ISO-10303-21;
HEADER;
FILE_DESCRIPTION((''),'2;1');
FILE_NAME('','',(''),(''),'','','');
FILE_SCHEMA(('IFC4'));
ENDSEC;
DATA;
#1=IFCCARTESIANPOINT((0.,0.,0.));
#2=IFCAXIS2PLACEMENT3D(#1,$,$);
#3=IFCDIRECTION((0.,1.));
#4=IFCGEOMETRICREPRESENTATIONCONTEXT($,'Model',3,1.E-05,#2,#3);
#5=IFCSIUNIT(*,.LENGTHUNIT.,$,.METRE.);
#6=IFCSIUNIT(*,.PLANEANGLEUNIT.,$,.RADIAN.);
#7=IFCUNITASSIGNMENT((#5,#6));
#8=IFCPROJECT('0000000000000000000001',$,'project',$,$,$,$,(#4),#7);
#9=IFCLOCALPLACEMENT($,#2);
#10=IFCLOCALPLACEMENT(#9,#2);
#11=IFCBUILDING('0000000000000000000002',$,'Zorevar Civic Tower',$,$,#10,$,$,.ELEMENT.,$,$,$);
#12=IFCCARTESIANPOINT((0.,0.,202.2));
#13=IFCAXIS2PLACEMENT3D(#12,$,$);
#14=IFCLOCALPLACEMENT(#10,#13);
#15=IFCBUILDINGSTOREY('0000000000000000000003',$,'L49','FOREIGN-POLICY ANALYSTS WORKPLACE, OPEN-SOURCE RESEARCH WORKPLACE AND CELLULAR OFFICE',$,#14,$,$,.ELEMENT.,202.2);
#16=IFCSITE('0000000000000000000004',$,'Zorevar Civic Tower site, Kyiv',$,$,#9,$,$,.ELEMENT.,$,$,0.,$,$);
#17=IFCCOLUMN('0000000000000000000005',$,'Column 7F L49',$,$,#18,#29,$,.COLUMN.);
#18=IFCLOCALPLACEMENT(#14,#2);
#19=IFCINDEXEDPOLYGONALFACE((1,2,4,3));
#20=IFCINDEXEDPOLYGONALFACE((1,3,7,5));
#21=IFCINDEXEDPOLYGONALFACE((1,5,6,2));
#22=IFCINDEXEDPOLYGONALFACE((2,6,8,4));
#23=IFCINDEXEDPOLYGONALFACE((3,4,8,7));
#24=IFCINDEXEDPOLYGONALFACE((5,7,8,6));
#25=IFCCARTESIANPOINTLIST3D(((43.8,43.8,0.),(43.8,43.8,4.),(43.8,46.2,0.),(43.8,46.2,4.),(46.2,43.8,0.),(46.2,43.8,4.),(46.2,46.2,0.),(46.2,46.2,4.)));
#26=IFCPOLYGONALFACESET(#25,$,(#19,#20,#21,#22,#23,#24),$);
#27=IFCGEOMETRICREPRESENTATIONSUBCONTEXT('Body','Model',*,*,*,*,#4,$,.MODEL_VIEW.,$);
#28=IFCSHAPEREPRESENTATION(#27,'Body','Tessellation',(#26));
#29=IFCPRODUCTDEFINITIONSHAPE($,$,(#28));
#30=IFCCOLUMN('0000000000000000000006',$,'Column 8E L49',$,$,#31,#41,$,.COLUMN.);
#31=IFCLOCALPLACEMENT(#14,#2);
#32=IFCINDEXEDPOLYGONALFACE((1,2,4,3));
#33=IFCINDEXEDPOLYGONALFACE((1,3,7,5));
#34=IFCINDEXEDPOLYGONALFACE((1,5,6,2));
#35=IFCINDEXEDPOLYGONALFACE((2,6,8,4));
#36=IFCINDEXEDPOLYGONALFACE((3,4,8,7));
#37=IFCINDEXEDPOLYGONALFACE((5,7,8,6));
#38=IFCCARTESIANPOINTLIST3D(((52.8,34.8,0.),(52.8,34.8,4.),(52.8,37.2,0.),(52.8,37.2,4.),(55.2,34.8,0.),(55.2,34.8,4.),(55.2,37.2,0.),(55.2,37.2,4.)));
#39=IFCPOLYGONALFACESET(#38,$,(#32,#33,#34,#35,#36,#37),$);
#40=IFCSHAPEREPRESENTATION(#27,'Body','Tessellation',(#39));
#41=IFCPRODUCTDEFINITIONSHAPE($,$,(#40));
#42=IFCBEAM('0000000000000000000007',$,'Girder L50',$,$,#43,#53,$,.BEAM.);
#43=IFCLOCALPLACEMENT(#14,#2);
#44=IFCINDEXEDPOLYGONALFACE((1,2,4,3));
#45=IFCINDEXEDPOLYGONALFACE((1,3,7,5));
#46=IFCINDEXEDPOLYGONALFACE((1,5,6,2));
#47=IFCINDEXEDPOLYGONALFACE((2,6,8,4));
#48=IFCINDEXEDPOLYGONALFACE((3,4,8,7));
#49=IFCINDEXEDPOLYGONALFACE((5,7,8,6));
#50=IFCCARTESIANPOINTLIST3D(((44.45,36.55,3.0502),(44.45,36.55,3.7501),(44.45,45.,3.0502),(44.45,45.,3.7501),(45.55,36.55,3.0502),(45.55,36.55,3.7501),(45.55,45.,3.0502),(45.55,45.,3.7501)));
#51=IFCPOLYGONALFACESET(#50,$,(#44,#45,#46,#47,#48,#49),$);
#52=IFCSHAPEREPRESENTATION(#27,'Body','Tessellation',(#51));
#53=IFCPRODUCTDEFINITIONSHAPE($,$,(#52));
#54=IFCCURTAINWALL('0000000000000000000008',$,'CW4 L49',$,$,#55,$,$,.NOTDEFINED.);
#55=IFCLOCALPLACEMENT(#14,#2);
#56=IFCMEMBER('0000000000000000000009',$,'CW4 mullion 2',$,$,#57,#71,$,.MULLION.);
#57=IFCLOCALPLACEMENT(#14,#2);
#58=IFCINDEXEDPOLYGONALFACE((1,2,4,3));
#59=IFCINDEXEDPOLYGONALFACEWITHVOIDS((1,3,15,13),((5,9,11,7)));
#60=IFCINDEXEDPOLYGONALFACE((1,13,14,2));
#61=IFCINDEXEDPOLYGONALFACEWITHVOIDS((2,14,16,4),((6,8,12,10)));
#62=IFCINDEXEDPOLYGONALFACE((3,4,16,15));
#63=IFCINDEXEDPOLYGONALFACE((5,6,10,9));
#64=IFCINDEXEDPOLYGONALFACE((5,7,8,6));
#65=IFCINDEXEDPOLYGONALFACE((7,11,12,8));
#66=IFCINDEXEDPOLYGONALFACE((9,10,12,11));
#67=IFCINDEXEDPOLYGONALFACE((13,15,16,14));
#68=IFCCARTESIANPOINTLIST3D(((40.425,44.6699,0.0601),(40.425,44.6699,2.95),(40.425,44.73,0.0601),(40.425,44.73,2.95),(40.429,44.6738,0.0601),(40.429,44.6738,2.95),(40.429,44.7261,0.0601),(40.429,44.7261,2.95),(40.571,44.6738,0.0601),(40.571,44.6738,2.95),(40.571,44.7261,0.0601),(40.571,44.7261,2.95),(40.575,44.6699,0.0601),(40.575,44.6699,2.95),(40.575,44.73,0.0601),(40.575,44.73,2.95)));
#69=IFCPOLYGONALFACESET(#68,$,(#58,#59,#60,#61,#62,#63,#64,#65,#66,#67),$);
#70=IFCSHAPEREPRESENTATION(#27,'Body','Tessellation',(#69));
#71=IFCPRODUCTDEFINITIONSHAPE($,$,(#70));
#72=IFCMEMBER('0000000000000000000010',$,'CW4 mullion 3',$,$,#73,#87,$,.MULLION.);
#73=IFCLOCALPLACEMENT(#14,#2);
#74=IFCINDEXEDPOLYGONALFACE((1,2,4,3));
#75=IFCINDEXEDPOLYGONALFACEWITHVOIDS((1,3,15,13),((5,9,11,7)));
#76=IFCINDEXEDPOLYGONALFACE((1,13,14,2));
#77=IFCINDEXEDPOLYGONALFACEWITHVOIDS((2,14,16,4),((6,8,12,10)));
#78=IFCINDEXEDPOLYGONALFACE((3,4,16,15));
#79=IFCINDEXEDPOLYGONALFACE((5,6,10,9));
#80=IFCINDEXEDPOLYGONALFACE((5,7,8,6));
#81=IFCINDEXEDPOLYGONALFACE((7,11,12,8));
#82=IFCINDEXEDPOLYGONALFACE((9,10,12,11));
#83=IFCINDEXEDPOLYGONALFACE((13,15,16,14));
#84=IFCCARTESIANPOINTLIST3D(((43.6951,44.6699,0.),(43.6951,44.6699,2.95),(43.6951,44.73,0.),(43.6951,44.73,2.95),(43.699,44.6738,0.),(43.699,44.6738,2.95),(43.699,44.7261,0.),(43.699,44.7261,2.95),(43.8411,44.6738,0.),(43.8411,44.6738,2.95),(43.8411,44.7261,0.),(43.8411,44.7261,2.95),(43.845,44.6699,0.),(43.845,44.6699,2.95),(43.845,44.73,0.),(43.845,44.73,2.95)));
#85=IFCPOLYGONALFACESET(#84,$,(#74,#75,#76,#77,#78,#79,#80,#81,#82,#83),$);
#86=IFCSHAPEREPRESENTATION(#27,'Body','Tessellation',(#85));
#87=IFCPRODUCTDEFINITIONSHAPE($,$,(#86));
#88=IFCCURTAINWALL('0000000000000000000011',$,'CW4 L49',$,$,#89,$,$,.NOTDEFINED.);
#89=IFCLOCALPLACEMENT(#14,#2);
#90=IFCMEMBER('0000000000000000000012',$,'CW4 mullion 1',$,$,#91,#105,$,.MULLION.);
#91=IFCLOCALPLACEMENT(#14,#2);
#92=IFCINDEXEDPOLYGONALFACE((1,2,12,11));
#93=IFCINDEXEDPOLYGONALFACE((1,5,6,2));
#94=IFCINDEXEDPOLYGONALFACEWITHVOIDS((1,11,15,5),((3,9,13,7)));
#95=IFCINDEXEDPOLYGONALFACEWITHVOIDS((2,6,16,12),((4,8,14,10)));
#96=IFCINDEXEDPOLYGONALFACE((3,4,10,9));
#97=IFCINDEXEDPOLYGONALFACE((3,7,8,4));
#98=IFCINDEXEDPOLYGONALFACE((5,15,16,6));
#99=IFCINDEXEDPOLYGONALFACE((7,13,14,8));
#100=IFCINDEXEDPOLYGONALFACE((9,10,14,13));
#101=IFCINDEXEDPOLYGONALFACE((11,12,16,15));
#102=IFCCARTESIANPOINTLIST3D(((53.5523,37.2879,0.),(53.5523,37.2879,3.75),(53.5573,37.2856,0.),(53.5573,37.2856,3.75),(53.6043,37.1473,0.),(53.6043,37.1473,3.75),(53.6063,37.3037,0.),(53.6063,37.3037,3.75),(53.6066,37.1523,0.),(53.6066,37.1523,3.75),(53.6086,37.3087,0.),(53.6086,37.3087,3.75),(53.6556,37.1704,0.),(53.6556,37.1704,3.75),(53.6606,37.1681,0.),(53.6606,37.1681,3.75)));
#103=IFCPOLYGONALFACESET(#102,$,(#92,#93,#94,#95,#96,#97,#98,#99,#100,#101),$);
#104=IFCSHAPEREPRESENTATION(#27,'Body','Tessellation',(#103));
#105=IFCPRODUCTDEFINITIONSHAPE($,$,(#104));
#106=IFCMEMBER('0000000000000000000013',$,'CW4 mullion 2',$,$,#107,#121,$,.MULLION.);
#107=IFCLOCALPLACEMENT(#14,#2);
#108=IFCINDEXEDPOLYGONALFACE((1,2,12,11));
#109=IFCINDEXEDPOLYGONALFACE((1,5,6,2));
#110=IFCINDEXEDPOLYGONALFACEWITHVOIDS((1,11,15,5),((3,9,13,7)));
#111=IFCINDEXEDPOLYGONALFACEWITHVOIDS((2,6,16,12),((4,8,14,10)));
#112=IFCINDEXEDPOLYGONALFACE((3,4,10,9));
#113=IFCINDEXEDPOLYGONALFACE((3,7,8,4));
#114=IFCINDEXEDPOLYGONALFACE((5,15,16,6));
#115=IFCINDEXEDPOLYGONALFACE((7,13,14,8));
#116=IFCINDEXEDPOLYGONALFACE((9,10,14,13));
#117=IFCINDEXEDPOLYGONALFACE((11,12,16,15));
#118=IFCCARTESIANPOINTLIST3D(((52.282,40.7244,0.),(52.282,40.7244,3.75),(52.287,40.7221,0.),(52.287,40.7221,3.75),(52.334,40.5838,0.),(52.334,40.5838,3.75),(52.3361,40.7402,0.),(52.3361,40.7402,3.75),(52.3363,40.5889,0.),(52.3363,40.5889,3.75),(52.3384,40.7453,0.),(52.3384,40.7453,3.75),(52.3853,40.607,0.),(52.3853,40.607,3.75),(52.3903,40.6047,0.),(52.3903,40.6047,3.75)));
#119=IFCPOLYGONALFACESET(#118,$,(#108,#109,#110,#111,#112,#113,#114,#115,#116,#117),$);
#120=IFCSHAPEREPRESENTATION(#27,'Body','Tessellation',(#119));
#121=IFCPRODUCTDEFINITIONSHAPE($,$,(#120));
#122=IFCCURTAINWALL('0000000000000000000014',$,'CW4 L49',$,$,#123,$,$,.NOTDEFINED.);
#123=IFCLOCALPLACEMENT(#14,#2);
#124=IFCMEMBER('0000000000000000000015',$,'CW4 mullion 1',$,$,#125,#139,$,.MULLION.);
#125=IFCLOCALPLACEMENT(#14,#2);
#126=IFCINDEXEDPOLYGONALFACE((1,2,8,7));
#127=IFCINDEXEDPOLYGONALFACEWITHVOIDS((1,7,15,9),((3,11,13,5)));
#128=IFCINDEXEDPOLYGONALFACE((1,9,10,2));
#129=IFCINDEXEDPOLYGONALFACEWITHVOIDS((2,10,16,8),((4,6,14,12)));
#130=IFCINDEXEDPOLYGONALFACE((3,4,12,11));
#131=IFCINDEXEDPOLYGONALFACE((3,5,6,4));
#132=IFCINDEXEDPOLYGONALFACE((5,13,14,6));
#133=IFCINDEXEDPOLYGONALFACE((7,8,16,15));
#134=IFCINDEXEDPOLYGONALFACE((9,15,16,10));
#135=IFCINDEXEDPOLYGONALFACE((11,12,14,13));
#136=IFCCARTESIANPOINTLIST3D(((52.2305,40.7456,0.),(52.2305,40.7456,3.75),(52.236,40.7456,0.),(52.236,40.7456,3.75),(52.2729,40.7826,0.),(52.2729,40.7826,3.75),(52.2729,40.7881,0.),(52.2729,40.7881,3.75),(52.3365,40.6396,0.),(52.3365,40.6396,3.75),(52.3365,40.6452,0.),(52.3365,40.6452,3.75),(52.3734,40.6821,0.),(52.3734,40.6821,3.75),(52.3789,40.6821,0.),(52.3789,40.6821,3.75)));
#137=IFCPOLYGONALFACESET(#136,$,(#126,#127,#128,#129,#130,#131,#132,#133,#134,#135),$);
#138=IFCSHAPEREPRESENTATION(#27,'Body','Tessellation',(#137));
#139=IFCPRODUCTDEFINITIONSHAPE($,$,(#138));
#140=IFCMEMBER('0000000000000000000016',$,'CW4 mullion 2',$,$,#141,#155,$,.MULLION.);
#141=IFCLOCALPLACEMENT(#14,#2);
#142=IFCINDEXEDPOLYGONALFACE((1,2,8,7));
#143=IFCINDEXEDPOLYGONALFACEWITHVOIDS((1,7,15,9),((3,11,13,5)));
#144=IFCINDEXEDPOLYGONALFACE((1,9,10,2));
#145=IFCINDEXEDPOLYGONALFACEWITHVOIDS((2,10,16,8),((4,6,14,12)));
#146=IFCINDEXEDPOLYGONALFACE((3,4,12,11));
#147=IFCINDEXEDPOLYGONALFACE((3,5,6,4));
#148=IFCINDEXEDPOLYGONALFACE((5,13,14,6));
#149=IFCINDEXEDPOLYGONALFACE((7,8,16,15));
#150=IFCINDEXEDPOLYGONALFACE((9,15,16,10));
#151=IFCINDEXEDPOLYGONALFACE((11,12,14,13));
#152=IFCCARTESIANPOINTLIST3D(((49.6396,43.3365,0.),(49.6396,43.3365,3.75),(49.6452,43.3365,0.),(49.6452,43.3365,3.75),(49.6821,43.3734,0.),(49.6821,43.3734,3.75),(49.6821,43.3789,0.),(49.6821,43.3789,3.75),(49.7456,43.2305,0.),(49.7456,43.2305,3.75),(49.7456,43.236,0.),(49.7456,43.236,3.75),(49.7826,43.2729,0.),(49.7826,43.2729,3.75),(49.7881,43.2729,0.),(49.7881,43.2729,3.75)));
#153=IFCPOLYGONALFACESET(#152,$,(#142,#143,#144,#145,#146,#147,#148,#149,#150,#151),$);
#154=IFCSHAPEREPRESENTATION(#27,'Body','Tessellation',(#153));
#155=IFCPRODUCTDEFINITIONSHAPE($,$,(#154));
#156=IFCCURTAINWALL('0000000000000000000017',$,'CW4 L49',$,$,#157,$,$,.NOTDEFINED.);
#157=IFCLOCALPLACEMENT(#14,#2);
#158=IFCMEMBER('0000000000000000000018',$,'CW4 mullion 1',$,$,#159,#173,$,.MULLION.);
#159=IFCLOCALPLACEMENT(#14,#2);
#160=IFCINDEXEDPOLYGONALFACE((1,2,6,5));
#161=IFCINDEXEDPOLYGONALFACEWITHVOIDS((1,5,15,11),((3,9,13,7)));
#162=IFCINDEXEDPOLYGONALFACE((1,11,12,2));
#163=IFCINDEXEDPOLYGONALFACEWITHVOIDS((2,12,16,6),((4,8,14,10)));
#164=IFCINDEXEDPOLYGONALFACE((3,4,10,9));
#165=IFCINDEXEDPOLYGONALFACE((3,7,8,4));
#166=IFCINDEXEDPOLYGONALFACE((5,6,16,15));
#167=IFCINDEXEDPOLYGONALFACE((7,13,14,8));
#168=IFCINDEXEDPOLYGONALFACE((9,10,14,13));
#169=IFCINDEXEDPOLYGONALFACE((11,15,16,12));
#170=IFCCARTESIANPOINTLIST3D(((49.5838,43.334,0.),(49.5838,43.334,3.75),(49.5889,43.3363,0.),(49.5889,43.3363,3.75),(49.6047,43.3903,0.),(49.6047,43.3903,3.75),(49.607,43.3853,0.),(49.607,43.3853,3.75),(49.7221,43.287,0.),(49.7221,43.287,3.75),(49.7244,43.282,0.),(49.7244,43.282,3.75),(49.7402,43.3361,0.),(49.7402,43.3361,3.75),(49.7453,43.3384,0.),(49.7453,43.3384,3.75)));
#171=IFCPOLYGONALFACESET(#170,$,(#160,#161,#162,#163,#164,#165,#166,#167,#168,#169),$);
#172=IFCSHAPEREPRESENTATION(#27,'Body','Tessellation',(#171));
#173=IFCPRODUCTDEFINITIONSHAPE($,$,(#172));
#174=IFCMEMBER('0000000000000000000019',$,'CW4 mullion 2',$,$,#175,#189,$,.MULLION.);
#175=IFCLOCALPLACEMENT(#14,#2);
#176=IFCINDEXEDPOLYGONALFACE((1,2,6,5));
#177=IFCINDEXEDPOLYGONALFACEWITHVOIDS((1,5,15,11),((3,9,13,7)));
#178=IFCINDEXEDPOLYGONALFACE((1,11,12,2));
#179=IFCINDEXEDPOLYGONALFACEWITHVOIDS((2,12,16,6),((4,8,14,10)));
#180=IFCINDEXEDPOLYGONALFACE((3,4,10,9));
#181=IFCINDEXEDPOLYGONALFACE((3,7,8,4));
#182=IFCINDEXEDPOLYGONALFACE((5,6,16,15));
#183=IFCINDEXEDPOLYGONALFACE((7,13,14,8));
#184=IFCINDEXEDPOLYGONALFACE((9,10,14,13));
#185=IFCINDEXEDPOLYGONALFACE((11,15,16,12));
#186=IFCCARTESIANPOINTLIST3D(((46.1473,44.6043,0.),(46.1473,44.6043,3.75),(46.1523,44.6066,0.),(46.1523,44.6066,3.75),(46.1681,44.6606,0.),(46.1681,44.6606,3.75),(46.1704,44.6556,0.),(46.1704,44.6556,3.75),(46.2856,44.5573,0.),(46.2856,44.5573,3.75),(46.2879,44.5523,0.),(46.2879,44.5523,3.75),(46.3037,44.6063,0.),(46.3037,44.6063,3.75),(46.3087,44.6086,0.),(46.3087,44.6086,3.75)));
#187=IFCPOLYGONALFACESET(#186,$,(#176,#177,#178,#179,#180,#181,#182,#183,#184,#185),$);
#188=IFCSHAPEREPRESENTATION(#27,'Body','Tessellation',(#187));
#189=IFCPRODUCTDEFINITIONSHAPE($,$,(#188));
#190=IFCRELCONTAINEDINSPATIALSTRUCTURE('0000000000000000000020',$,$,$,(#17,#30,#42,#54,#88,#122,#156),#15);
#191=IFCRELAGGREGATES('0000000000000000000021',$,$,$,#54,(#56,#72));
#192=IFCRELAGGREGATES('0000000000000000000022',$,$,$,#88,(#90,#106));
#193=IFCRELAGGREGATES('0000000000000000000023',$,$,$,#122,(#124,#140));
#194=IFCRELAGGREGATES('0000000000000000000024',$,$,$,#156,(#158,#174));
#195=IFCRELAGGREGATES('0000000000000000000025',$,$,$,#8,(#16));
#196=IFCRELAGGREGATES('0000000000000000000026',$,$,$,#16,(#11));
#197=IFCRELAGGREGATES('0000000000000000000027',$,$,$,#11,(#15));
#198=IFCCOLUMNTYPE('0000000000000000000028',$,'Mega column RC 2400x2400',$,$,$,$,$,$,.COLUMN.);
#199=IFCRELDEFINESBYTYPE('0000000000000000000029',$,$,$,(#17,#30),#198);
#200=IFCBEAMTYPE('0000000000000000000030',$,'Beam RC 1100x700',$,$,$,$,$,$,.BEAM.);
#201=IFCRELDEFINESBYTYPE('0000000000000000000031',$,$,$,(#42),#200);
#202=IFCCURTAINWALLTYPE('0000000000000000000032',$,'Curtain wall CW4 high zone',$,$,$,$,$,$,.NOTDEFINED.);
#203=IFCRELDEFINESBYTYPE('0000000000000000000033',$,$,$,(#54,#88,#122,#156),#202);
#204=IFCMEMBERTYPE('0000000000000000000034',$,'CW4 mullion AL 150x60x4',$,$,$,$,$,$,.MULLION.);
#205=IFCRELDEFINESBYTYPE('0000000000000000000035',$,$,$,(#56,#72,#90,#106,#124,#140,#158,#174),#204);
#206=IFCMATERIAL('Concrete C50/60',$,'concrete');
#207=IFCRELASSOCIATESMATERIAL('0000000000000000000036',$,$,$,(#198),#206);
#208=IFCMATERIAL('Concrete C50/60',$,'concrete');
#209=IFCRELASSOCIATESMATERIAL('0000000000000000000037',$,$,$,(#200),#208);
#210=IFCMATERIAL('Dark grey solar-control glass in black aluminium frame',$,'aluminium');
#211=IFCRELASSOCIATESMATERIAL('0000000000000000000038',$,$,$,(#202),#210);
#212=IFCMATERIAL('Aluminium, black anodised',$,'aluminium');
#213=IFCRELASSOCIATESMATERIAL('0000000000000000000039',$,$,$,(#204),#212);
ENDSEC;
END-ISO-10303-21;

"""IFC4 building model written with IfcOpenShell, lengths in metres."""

from ifc_helpers import new_model, si_unit, direction, frame, origin, origin_2d, place, context, subcontext, project, spatial, rectangle, hollow_rectangle, extrude, material, material_profile, profile_set, type_object, element, aggregate, save


model = new_model("IFC4")

# Units and contexts
model_context = context("Model", 3, precision=1e-05, world=origin(), true_north=direction((0.0, 1.0)))
body_context = subcontext(model_context, "Body", "Model", "MODEL_VIEW")
ifc_project = project(units=[si_unit("LENGTHUNIT", "METRE"), si_unit("PLANEANGLEUNIT", "RADIAN")], contexts=[model_context])

# Site, building, storey
site_placement = place(None, origin())
site = spatial("IfcSite", under=ifc_project, at=site_placement, Name="Zorevar Civic Tower site, Kyiv", CompositionType="ELEMENT", RefElevation=0.0)
building_placement = place(site_placement, origin())
building = spatial("IfcBuilding", under=site, at=building_placement, Name="Zorevar Civic Tower", CompositionType="ELEMENT")
storey_placement = place(building_placement, frame((0.0, 0.0, 202.2)))
storey = spatial("IfcBuildingStorey", under=building, at=storey_placement, Name="L49", Description="FOREIGN-POLICY ANALYSTS WORKPLACE, OPEN-SOURCE RESEARCH WORKPLACE AND CELLULAR OFFICE", CompositionType="ELEMENT", Elevation=202.2)

# Columns
ifc_material_1 = material(Name="Concrete C50/60", Category="concrete")
ifc_material_profile_1 = material_profile(ifc_material_1, rectangle(XDim=2.3999, YDim=2.3999, at=origin_2d()), Name="RC 2400x2400")
ifc_profile_set_1 = profile_set([ifc_material_profile_1], Name="Concrete C50/60")
column_type = type_object("IfcColumnType", Name="Mega column RC 2400x2400", PredefinedType="COLUMN", material=ifc_profile_set_1)
for number, where, z_axis, x_axis, name in (
    (1, (45.0, 45.0, 0.0), (0.0, 0.0, 1.0), (1.0, 0.0, 0.0), "Column 7F L49"),
    (2, (54.0, 36.0, 0.0), (0.0, 0.0, 1.0), (1.0, 0.0, 0.0), "Column 8E L49"),
):
    element("IfcColumn", number, at=place(storey_placement, frame(where, z_axis=z_axis, x_axis=x_axis)), inside=storey, type_object=column_type, Name=name, PredefinedType="COLUMN", context=body_context, shape_type="SweptSolid", body=[
        extrude(rectangle(XDim=2.3999, YDim=2.3999, at=origin_2d()), origin(), (0.0, 0.0, 1.0), 4.0),
    ])

# Beam
ifc_material_2 = material(Name="Concrete C50/60", Category="concrete")
ifc_material_profile_2 = material_profile(ifc_material_2, rectangle(XDim=1.1001, YDim=0.7, at=origin_2d()), Name="RC 1100x700")
ifc_profile_set_2 = profile_set([ifc_material_profile_2], Name="Concrete C50/60")
beam_type_1 = type_object("IfcBeamType", Name="Beam RC 1100x700", PredefinedType="BEAM", material=ifc_profile_set_2)
beam_1_placement = place(storey_placement, frame((45.0, 36.55, 3.4001), z_axis=(0.0, 1.0, 0.0), x_axis=(-1.0, 0.0, 0.0)))
element("IfcBeam", 3, at=beam_1_placement, inside=storey, type_object=beam_type_1, Name="Girder L50", PredefinedType="BEAM", context=body_context, shape_type="SweptSolid", body=[
    extrude(rectangle(XDim=1.1001, YDim=0.7, at=origin_2d()), origin(), (0.0, 0.0, 1.0), 8.45),
])

# Curtain walls, members
ifc_material_3 = material(Name="Dark grey solar-control glass in black aluminium frame", Category="aluminium")
curtain_wall_type = type_object("IfcCurtainWallType", Name="Curtain wall CW4 high zone", PredefinedType="NOTDEFINED", material=ifc_material_3)
curtain_wall_1_placement = place(storey_placement, origin())
curtain_wall_1 = element("IfcCurtainWall", 4, at=curtain_wall_1_placement, inside=storey, type_object=curtain_wall_type, Name="CW4 L49", PredefinedType="NOTDEFINED")
ifc_material_4 = material(Name="Aluminium, black anodised", Category="aluminium")
ifc_material_profile_3 = material_profile(ifc_material_4, hollow_rectangle(XDim=0.0601, YDim=0.1499, WallThickness=0.0039, at=origin_2d()), Name="AL 150x60x4")
ifc_profile_set_3 = profile_set([ifc_material_profile_3], Name="Aluminium, black anodised")
member_type_1 = type_object("IfcMemberType", Name="CW4 mullion AL 150x60x4", PredefinedType="MULLION", material=ifc_profile_set_3)
member_1_placement = place(storey_placement, frame((40.5, 44.7, 0.0601), z_axis=(0.0, 0.0, 1.0), x_axis=(0.0, 1.0, 0.0)))
member_1 = element("IfcMember", 5, at=member_1_placement, type_object=member_type_1, Name="CW4 mullion 2", PredefinedType="MULLION", context=body_context, shape_type="SweptSolid", body=[
    extrude(hollow_rectangle(XDim=0.0601, YDim=0.1499, WallThickness=0.0039, at=origin_2d()), origin(), (0.0, 0.0, 1.0), 2.8899),
])
member_2_placement = place(storey_placement, frame((43.77, 44.7, 0.0), z_axis=(0.0, 0.0, 1.0), x_axis=(0.0, 1.0, 0.0)))
member_2 = element("IfcMember", 6, at=member_2_placement, type_object=member_type_1, Name="CW4 mullion 3", PredefinedType="MULLION", context=body_context, shape_type="SweptSolid", body=[
    extrude(hollow_rectangle(XDim=0.0601, YDim=0.1499, WallThickness=0.0039, at=origin_2d()), origin(), (0.0, 0.0, 1.0), 2.95),
])
curtain_wall_2_placement = place(storey_placement, origin())
curtain_wall_2 = element("IfcCurtainWall", 7, at=curtain_wall_2_placement, inside=storey, type_object=curtain_wall_type, Name="CW4 L49", PredefinedType="NOTDEFINED")
member_3_placement = place(storey_placement, frame((53.6064, 37.228, 0.0), z_axis=(0.0, 0.0, 1.0), x_axis=(-0.937975, -0.346704, 0.0)))
member_3 = element("IfcMember", 8, at=member_3_placement, type_object=member_type_1, Name="CW4 mullion 1", PredefinedType="MULLION", context=body_context, shape_type="SweptSolid", body=[
    extrude(hollow_rectangle(XDim=0.0601, YDim=0.1499, WallThickness=0.0039, at=origin_2d()), origin(), (0.0, 0.0, 1.0), 3.75),
])
member_4_placement = place(storey_placement, frame((52.3362, 40.6646, 0.0), z_axis=(0.0, 0.0, 1.0), x_axis=(-0.937975, -0.346704, 0.0)))
member_4 = element("IfcMember", 9, at=member_4_placement, type_object=member_type_1, Name="CW4 mullion 2", PredefinedType="MULLION", context=body_context, shape_type="SweptSolid", body=[
    extrude(hollow_rectangle(XDim=0.0601, YDim=0.1499, WallThickness=0.0039, at=origin_2d()), origin(), (0.0, 0.0, 1.0), 3.75),
])
curtain_wall_3_placement = place(storey_placement, origin())
curtain_wall_3 = element("IfcCurtainWall", 10, at=curtain_wall_3_placement, inside=storey, type_object=curtain_wall_type, Name="CW4 L49", PredefinedType="NOTDEFINED")
member_5_placement = place(storey_placement, frame((52.3047, 40.7139, 0.0), z_axis=(0.0, 0.0, 1.0), x_axis=(-0.707107, -0.707107, 0.0)))
member_5 = element("IfcMember", 11, at=member_5_placement, type_object=member_type_1, Name="CW4 mullion 1", PredefinedType="MULLION", context=body_context, shape_type="SweptSolid", body=[
    extrude(hollow_rectangle(XDim=0.0601, YDim=0.1499, WallThickness=0.0039, at=origin_2d()), origin(), (0.0, 0.0, 1.0), 3.75),
])
member_6_placement = place(storey_placement, frame((49.7139, 43.3047, 0.0), z_axis=(0.0, 0.0, 1.0), x_axis=(-0.707107, -0.707107, 0.0)))
member_6 = element("IfcMember", 12, at=member_6_placement, type_object=member_type_1, Name="CW4 mullion 2", PredefinedType="MULLION", context=body_context, shape_type="SweptSolid", body=[
    extrude(hollow_rectangle(XDim=0.0601, YDim=0.1499, WallThickness=0.0039, at=origin_2d()), origin(), (0.0, 0.0, 1.0), 3.75),
])
curtain_wall_4_placement = place(storey_placement, origin())
curtain_wall_4 = element("IfcCurtainWall", 13, at=curtain_wall_4_placement, inside=storey, type_object=curtain_wall_type, Name="CW4 L49", PredefinedType="NOTDEFINED")
member_7_placement = place(storey_placement, frame((49.6646, 43.3362, 0.0), z_axis=(0.0, 0.0, 1.0), x_axis=(-0.346704, -0.937975, 0.0)))
member_7 = element("IfcMember", 14, at=member_7_placement, type_object=member_type_1, Name="CW4 mullion 1", PredefinedType="MULLION", context=body_context, shape_type="SweptSolid", body=[
    extrude(hollow_rectangle(XDim=0.0601, YDim=0.1499, WallThickness=0.0039, at=origin_2d()), origin(), (0.0, 0.0, 1.0), 3.75),
])
member_8_placement = place(storey_placement, frame((46.228, 44.6064, 0.0), z_axis=(0.0, 0.0, 1.0), x_axis=(-0.346704, -0.937975, 0.0)))
member_8 = element("IfcMember", 15, at=member_8_placement, type_object=member_type_1, Name="CW4 mullion 2", PredefinedType="MULLION", context=body_context, shape_type="SweptSolid", body=[
    extrude(hollow_rectangle(XDim=0.0601, YDim=0.1499, WallThickness=0.0039, at=origin_2d()), origin(), (0.0, 0.0, 1.0), 3.75),
])

aggregate(curtain_wall_1, [member_1, member_2])
aggregate(curtain_wall_2, [member_3, member_4])
aggregate(curtain_wall_3, [member_5, member_6])
aggregate(curtain_wall_4, [member_7, member_8])

save(model, "model.ifc")
